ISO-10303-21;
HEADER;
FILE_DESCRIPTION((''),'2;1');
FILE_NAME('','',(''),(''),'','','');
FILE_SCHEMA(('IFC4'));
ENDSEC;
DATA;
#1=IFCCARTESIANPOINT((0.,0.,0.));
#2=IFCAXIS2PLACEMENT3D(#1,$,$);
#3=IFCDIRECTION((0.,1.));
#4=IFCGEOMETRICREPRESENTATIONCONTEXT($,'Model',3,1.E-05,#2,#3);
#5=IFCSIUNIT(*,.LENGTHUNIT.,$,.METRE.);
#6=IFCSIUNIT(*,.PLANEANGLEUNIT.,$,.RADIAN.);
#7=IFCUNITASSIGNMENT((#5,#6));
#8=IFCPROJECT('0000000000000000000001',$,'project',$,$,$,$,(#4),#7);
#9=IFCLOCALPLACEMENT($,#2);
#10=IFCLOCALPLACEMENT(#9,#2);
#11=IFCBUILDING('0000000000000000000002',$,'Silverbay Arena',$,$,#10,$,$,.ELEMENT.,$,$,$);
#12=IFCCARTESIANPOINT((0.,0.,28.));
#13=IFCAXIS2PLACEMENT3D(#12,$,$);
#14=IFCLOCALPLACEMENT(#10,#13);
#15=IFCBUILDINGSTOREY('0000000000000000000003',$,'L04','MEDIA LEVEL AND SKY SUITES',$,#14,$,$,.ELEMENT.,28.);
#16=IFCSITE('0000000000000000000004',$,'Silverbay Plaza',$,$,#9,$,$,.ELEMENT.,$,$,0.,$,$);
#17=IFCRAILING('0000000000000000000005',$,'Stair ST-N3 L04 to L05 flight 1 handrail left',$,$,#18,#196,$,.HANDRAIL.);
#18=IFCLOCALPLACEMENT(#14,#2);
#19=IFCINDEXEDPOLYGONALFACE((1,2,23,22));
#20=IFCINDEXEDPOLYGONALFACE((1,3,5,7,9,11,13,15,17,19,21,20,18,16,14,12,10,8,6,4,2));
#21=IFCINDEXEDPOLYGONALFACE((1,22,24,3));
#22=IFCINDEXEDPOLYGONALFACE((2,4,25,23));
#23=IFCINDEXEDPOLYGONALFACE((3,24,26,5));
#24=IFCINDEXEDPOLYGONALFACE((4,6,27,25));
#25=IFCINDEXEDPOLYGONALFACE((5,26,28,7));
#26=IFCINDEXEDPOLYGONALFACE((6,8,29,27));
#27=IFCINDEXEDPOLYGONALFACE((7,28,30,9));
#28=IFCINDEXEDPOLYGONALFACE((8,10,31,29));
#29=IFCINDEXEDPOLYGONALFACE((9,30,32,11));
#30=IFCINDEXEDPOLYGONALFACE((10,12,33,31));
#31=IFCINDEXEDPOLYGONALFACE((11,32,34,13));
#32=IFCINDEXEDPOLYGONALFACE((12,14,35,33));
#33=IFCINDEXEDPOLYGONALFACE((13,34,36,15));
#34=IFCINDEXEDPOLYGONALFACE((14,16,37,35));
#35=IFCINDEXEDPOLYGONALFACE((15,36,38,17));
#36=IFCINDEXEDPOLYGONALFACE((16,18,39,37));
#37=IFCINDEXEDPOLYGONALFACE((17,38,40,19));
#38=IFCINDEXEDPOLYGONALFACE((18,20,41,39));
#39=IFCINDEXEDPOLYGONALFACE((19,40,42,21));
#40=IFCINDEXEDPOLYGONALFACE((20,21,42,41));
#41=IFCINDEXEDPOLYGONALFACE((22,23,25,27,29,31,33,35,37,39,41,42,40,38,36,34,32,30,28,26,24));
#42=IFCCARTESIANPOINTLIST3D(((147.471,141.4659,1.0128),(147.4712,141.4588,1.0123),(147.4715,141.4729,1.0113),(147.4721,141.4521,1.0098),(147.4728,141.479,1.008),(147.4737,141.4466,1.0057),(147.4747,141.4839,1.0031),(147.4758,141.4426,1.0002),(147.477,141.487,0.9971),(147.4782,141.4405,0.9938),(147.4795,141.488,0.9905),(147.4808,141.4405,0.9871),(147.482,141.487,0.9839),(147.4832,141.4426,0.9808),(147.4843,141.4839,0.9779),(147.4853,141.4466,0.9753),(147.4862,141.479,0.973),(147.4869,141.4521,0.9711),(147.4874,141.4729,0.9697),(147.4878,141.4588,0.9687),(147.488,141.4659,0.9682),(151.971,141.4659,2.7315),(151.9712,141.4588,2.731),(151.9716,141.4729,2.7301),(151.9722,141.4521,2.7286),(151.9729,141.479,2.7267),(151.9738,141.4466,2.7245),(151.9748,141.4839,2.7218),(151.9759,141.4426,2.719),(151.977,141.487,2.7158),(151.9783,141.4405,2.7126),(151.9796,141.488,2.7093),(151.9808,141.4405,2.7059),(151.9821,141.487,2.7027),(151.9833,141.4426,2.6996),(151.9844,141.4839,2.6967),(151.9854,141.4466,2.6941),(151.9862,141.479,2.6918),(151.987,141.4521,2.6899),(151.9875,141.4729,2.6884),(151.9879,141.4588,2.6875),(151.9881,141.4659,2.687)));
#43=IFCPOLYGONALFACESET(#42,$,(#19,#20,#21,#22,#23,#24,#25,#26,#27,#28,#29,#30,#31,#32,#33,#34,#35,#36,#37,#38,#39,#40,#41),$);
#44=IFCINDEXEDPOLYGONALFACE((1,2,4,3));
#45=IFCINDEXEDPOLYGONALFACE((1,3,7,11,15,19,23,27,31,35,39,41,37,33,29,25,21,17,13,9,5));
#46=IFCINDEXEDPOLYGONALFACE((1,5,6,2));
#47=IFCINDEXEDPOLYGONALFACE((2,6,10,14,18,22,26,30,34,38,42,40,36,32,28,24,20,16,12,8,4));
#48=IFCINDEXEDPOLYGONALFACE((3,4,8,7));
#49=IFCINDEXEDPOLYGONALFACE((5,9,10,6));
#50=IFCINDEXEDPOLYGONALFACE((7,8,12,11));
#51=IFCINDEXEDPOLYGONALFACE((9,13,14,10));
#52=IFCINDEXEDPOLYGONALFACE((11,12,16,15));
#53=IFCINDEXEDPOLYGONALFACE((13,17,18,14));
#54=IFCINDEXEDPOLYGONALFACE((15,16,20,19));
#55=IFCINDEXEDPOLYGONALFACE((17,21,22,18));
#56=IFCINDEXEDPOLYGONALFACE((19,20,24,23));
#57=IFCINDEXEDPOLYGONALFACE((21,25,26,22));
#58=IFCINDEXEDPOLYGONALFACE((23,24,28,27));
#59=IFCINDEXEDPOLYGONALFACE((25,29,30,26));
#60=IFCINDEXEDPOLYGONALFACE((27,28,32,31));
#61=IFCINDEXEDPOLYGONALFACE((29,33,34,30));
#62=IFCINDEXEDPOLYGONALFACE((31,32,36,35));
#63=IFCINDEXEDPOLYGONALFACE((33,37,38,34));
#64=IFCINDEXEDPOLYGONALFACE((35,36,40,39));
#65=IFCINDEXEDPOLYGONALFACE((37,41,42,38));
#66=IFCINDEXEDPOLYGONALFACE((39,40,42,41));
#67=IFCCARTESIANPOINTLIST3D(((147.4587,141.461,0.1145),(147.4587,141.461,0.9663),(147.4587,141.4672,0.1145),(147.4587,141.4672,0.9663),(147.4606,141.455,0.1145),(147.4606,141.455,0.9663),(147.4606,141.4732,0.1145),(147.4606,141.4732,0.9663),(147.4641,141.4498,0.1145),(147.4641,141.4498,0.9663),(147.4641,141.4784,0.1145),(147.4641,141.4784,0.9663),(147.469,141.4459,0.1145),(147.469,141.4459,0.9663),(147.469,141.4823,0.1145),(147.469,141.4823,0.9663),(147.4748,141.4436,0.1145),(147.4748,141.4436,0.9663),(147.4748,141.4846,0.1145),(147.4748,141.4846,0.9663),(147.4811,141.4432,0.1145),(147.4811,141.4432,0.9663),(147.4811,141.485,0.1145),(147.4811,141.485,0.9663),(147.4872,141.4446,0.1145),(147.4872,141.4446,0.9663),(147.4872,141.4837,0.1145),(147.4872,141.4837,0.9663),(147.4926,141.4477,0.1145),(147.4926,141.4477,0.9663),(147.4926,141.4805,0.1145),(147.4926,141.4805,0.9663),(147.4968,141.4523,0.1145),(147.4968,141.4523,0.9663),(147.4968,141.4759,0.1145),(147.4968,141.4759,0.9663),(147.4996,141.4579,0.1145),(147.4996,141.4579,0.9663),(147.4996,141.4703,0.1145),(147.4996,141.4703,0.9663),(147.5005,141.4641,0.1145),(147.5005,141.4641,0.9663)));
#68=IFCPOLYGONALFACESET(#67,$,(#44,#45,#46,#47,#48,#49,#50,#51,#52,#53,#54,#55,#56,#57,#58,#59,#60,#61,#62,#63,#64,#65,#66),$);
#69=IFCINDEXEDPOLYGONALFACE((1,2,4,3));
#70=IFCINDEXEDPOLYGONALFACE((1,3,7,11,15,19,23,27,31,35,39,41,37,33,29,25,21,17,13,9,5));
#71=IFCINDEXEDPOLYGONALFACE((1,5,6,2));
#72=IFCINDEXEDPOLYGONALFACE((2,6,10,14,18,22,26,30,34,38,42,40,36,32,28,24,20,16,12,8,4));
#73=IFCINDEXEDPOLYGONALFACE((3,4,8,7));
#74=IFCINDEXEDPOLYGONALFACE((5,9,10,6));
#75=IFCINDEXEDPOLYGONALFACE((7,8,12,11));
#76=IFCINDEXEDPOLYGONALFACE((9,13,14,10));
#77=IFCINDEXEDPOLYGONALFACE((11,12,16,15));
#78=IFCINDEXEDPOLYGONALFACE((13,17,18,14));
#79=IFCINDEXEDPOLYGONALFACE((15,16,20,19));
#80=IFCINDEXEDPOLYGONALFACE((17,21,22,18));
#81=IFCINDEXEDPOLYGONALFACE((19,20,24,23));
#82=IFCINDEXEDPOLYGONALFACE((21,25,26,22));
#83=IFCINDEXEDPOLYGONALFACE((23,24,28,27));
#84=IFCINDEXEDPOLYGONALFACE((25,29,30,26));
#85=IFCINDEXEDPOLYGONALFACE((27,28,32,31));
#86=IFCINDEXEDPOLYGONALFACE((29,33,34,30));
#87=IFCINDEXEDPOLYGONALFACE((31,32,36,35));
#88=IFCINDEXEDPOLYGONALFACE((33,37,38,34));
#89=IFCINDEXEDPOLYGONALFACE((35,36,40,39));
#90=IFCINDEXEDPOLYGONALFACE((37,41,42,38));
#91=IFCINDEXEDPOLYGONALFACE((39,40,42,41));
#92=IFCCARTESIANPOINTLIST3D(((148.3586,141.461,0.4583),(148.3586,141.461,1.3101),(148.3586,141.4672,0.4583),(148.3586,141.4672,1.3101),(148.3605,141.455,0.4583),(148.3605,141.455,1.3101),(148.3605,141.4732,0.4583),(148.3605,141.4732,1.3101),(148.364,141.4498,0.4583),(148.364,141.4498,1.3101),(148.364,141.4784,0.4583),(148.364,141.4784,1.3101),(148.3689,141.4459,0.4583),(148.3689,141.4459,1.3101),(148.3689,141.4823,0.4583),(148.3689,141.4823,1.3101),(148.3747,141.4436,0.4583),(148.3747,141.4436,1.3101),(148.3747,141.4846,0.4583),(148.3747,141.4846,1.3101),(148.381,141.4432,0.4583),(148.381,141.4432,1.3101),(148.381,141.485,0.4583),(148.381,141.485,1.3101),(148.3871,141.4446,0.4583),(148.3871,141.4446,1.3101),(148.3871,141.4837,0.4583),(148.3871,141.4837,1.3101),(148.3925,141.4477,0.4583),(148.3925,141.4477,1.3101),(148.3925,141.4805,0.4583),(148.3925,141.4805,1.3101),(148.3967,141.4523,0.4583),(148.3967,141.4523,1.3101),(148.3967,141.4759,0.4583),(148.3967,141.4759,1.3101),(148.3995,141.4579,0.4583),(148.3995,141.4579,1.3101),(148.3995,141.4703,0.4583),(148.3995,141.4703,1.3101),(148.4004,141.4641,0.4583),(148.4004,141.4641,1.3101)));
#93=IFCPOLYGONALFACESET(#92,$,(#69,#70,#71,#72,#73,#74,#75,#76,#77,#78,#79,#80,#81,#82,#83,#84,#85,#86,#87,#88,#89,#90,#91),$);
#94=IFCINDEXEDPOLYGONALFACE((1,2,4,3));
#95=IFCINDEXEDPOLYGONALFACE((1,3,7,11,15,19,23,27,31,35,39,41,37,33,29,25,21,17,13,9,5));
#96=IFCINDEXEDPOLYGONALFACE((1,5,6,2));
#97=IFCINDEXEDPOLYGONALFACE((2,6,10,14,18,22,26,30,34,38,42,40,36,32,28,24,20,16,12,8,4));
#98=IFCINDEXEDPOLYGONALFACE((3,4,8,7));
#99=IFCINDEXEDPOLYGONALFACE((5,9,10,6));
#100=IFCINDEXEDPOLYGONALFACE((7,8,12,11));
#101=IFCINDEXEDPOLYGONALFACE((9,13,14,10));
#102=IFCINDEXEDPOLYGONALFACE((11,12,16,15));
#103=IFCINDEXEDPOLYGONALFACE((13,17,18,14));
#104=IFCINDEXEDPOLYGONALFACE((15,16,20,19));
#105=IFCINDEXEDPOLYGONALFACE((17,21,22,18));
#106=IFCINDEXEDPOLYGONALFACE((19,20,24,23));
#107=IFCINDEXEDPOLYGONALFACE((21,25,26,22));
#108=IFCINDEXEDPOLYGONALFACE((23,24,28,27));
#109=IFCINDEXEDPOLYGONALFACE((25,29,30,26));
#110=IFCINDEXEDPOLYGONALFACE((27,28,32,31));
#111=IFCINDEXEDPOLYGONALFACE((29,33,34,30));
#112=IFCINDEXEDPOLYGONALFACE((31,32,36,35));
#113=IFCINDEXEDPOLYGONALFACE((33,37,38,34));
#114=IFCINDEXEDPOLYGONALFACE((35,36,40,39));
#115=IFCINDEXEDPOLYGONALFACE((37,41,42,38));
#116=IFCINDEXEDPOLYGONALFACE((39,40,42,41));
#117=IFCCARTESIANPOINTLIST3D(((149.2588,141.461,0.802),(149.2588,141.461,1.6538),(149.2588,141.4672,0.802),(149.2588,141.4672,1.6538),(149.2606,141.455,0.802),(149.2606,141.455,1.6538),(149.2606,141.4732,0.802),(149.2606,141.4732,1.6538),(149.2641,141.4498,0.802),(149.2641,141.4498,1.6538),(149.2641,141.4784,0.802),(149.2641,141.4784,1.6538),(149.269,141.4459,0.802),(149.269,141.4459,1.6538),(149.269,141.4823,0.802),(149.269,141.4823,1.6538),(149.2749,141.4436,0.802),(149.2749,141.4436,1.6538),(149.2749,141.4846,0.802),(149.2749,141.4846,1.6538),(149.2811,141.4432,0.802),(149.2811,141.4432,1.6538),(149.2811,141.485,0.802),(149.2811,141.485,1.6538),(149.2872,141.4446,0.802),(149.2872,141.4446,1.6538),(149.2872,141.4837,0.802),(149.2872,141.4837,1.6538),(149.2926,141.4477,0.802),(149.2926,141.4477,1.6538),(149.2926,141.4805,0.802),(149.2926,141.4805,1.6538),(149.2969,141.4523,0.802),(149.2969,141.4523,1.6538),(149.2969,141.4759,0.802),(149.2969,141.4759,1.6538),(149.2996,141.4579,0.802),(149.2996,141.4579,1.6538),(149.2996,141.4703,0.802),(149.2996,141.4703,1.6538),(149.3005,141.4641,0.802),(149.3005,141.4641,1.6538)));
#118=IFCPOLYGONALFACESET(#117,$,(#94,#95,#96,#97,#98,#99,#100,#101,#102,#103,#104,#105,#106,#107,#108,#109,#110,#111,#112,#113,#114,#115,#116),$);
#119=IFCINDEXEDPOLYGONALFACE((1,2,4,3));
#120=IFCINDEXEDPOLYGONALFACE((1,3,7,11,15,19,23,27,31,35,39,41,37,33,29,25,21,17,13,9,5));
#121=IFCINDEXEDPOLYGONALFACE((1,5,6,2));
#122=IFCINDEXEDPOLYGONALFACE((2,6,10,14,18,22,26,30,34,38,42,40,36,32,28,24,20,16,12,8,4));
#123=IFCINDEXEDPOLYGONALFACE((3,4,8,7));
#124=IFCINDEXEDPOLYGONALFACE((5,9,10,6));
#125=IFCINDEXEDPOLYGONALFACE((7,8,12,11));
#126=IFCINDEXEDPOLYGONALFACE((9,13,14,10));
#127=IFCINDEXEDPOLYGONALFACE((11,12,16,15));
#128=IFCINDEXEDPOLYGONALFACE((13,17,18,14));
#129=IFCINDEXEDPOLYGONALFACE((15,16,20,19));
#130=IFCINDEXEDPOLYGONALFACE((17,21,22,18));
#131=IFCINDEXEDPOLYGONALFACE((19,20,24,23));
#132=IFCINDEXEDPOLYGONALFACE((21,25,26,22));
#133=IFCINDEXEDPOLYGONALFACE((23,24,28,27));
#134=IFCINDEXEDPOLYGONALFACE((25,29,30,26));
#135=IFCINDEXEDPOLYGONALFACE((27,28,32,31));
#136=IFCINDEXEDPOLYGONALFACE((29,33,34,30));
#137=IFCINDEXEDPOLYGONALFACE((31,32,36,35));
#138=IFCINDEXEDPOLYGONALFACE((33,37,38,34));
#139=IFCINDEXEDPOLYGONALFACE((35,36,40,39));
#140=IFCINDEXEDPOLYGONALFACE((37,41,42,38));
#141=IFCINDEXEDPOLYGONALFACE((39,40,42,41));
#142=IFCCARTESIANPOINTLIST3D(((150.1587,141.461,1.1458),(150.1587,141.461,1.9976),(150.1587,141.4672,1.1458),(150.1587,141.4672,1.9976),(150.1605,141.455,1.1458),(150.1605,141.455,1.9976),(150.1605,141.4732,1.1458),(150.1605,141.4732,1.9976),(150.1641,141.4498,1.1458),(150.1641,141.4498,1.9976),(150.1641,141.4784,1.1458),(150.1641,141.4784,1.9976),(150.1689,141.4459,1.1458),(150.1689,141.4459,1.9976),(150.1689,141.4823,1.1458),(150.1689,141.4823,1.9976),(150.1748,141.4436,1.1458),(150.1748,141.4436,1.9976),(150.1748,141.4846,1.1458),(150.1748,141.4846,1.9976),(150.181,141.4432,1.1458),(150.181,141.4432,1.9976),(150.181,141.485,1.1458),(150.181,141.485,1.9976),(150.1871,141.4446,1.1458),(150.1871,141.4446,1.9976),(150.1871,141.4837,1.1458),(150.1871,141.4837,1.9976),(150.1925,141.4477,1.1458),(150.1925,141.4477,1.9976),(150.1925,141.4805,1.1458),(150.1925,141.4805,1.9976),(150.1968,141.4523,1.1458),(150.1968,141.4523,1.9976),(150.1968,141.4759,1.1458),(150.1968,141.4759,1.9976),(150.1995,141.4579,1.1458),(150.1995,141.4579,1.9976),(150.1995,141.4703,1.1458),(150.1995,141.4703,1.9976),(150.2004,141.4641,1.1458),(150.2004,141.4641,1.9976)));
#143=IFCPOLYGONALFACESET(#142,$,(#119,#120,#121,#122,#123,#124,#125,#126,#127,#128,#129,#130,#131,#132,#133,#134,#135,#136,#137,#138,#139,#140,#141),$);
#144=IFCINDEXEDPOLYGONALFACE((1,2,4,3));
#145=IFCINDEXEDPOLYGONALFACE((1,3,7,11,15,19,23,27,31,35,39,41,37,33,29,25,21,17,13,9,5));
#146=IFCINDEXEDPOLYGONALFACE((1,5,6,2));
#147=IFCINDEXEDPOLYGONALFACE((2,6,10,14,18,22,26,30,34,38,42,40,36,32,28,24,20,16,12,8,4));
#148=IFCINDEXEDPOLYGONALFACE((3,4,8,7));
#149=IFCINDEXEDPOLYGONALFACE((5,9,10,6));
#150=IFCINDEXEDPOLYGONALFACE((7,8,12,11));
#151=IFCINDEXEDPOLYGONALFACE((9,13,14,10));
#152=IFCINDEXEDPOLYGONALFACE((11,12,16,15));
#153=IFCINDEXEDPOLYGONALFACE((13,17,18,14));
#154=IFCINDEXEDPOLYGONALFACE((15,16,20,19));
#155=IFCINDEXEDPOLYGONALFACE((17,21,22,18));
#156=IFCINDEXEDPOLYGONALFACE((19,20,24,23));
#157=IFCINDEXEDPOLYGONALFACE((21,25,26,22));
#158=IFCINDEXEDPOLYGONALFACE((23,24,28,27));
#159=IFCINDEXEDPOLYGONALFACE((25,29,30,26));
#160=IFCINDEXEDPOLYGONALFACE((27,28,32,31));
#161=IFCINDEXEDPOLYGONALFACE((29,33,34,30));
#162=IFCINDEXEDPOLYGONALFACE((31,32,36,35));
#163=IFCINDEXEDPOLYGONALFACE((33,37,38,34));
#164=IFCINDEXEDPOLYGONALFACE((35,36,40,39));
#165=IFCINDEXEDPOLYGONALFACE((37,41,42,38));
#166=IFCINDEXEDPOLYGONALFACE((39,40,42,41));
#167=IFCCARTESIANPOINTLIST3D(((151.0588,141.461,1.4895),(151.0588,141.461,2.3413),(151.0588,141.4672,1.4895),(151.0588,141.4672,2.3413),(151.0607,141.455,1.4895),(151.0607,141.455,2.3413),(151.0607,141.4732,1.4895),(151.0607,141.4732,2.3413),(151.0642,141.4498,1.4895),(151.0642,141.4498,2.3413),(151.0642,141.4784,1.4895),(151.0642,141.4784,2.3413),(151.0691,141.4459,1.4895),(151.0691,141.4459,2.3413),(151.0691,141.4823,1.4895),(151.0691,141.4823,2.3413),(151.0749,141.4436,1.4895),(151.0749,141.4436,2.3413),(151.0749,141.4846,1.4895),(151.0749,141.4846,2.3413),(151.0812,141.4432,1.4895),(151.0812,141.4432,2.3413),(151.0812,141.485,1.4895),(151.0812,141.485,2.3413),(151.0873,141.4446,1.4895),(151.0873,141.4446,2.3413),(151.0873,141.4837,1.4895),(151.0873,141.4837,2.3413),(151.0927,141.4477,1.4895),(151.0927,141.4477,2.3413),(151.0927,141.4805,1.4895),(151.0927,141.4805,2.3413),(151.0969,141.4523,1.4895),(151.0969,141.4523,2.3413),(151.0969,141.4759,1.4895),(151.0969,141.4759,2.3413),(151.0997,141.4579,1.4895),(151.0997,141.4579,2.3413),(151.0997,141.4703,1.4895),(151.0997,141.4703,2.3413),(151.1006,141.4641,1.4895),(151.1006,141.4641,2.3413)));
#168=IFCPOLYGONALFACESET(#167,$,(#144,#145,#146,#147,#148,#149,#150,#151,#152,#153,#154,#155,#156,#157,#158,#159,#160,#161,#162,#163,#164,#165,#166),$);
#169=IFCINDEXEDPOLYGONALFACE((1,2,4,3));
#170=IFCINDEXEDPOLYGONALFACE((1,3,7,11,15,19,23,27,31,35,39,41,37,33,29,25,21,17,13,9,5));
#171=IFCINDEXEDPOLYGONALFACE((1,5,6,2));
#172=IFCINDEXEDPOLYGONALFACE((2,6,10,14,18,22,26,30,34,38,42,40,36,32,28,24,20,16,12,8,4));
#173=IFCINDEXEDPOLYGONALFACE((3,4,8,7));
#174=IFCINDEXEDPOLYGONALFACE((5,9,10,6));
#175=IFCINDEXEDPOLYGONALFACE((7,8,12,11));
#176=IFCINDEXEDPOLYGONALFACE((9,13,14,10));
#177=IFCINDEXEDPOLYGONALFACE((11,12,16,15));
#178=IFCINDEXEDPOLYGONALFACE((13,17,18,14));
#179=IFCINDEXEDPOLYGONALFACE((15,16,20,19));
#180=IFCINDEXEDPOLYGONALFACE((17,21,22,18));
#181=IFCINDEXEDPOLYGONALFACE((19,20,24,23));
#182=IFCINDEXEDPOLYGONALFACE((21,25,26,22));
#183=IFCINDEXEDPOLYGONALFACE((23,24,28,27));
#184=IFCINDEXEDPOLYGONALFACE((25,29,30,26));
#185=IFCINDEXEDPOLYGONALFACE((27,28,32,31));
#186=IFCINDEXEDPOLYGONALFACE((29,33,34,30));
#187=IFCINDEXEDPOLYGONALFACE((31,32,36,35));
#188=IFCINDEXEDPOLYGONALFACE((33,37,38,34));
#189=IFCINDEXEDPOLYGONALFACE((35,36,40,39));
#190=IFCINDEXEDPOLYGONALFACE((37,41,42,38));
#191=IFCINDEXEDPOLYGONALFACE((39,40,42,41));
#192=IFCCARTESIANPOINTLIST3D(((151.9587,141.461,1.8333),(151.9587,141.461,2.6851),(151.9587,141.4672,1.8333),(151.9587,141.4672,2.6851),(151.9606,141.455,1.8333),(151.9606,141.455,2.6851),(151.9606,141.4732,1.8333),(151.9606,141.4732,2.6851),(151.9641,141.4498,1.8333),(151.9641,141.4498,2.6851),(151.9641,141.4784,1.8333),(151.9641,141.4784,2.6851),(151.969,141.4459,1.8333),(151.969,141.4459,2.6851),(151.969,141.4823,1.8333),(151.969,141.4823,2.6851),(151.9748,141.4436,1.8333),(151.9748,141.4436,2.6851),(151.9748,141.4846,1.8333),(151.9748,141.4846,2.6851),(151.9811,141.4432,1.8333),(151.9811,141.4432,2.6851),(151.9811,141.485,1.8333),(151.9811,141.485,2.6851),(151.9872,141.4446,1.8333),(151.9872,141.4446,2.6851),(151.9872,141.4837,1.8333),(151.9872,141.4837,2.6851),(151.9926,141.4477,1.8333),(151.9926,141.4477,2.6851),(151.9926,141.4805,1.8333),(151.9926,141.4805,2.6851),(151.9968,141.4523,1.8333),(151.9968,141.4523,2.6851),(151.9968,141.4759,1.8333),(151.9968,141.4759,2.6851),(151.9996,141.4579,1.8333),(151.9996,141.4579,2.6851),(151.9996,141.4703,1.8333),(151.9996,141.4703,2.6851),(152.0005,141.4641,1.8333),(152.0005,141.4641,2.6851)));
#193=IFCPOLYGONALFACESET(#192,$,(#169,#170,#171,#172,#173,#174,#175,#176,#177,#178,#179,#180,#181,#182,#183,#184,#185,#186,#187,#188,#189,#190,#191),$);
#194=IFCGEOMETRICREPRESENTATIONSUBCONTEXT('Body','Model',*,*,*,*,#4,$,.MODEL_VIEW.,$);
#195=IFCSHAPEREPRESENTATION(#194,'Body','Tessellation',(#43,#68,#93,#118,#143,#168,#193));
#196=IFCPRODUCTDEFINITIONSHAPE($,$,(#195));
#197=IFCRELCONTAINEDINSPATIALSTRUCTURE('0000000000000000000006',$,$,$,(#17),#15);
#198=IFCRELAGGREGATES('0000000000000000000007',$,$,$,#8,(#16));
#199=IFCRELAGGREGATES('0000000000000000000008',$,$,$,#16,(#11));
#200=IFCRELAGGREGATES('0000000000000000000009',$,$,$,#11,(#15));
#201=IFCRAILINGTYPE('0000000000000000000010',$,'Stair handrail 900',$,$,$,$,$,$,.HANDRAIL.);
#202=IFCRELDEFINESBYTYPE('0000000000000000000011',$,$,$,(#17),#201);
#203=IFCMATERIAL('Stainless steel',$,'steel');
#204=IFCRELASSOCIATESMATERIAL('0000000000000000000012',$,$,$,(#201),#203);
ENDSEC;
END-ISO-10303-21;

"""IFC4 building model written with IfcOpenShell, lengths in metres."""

from ifc_helpers import new_model, si_unit, direction, frame, origin, origin_2d, place, context, subcontext, project, spatial, circle, extrude, material, type_object, element, save


model = new_model("IFC4")

# Units and contexts
model_context = context("Model", 3, precision=1e-05, world=origin(), true_north=direction((0.0, 1.0)))
body_context = subcontext(model_context, "Body", "Model", "MODEL_VIEW")
ifc_project = project(units=[si_unit("LENGTHUNIT", "METRE"), si_unit("PLANEANGLEUNIT", "RADIAN")], contexts=[model_context])

# Site, building, storey
site_placement = place(None, origin())
site = spatial("IfcSite", under=ifc_project, at=site_placement, Name="Silverbay Plaza", CompositionType="ELEMENT", RefElevation=0.0)
building_placement = place(site_placement, origin())
building = spatial("IfcBuilding", under=site, at=building_placement, Name="Silverbay Arena", CompositionType="ELEMENT")
storey_placement = place(building_placement, frame((0.0, 0.0, 28.0)))
storey = spatial("IfcBuildingStorey", under=building, at=storey_placement, Name="L04", Description="MEDIA LEVEL AND SKY SUITES", CompositionType="ELEMENT", Elevation=28.0)

# Railing
ifc_material_1 = material(Name="Stainless steel", Category="steel")
railing_type_1 = type_object("IfcRailingType", Name="Stair handrail 900", PredefinedType="HANDRAIL", material=ifc_material_1)
for number, where, name in (
    (1, (147.4795, 141.4641, 0.1145), "Stair ST-N3 L04 to L05 flight 1 handrail left"),
):
    element("IfcRailing", number, at=place(storey_placement, frame(where)), inside=storey, type_object=railing_type_1, Name=name, PredefinedType="HANDRAIL", context=body_context, shape_type="SweptSolid", body=[
        extrude(circle(Radius=0.0239, at=origin_2d()), frame((0.0, 0.0, 0.876), z_axis=(0.934179, 0.0, 0.356805), x_axis=(0.0, 1.0, 0.0)), (0.0, 0.0, 1.0), 4.8171),
        extrude(circle(Radius=0.021, at=origin_2d()), origin(), (0.0, 0.0, 1.0), 0.8518),
        extrude(circle(Radius=0.021, at=origin_2d()), frame((0.8999, 0.0, 0.3438)), (0.0, 0.0, 1.0), 0.8518),
        extrude(circle(Radius=0.021, at=origin_2d()), frame((1.8, 0.0, 0.6875)), (0.0, 0.0, 1.0), 0.8518),
        extrude(circle(Radius=0.021, at=origin_2d()), frame((2.7, 0.0, 1.0312)), (0.0, 0.0, 1.0), 0.8518),
        extrude(circle(Radius=0.021, at=origin_2d()), frame((3.6001, 0.0, 1.375)), (0.0, 0.0, 1.0), 0.8518),
        extrude(circle(Radius=0.021, at=origin_2d()), frame((4.5, 0.0, 1.7188)), (0.0, 0.0, 1.0), 0.8518),
    ])

save(model, "model.ifc")
